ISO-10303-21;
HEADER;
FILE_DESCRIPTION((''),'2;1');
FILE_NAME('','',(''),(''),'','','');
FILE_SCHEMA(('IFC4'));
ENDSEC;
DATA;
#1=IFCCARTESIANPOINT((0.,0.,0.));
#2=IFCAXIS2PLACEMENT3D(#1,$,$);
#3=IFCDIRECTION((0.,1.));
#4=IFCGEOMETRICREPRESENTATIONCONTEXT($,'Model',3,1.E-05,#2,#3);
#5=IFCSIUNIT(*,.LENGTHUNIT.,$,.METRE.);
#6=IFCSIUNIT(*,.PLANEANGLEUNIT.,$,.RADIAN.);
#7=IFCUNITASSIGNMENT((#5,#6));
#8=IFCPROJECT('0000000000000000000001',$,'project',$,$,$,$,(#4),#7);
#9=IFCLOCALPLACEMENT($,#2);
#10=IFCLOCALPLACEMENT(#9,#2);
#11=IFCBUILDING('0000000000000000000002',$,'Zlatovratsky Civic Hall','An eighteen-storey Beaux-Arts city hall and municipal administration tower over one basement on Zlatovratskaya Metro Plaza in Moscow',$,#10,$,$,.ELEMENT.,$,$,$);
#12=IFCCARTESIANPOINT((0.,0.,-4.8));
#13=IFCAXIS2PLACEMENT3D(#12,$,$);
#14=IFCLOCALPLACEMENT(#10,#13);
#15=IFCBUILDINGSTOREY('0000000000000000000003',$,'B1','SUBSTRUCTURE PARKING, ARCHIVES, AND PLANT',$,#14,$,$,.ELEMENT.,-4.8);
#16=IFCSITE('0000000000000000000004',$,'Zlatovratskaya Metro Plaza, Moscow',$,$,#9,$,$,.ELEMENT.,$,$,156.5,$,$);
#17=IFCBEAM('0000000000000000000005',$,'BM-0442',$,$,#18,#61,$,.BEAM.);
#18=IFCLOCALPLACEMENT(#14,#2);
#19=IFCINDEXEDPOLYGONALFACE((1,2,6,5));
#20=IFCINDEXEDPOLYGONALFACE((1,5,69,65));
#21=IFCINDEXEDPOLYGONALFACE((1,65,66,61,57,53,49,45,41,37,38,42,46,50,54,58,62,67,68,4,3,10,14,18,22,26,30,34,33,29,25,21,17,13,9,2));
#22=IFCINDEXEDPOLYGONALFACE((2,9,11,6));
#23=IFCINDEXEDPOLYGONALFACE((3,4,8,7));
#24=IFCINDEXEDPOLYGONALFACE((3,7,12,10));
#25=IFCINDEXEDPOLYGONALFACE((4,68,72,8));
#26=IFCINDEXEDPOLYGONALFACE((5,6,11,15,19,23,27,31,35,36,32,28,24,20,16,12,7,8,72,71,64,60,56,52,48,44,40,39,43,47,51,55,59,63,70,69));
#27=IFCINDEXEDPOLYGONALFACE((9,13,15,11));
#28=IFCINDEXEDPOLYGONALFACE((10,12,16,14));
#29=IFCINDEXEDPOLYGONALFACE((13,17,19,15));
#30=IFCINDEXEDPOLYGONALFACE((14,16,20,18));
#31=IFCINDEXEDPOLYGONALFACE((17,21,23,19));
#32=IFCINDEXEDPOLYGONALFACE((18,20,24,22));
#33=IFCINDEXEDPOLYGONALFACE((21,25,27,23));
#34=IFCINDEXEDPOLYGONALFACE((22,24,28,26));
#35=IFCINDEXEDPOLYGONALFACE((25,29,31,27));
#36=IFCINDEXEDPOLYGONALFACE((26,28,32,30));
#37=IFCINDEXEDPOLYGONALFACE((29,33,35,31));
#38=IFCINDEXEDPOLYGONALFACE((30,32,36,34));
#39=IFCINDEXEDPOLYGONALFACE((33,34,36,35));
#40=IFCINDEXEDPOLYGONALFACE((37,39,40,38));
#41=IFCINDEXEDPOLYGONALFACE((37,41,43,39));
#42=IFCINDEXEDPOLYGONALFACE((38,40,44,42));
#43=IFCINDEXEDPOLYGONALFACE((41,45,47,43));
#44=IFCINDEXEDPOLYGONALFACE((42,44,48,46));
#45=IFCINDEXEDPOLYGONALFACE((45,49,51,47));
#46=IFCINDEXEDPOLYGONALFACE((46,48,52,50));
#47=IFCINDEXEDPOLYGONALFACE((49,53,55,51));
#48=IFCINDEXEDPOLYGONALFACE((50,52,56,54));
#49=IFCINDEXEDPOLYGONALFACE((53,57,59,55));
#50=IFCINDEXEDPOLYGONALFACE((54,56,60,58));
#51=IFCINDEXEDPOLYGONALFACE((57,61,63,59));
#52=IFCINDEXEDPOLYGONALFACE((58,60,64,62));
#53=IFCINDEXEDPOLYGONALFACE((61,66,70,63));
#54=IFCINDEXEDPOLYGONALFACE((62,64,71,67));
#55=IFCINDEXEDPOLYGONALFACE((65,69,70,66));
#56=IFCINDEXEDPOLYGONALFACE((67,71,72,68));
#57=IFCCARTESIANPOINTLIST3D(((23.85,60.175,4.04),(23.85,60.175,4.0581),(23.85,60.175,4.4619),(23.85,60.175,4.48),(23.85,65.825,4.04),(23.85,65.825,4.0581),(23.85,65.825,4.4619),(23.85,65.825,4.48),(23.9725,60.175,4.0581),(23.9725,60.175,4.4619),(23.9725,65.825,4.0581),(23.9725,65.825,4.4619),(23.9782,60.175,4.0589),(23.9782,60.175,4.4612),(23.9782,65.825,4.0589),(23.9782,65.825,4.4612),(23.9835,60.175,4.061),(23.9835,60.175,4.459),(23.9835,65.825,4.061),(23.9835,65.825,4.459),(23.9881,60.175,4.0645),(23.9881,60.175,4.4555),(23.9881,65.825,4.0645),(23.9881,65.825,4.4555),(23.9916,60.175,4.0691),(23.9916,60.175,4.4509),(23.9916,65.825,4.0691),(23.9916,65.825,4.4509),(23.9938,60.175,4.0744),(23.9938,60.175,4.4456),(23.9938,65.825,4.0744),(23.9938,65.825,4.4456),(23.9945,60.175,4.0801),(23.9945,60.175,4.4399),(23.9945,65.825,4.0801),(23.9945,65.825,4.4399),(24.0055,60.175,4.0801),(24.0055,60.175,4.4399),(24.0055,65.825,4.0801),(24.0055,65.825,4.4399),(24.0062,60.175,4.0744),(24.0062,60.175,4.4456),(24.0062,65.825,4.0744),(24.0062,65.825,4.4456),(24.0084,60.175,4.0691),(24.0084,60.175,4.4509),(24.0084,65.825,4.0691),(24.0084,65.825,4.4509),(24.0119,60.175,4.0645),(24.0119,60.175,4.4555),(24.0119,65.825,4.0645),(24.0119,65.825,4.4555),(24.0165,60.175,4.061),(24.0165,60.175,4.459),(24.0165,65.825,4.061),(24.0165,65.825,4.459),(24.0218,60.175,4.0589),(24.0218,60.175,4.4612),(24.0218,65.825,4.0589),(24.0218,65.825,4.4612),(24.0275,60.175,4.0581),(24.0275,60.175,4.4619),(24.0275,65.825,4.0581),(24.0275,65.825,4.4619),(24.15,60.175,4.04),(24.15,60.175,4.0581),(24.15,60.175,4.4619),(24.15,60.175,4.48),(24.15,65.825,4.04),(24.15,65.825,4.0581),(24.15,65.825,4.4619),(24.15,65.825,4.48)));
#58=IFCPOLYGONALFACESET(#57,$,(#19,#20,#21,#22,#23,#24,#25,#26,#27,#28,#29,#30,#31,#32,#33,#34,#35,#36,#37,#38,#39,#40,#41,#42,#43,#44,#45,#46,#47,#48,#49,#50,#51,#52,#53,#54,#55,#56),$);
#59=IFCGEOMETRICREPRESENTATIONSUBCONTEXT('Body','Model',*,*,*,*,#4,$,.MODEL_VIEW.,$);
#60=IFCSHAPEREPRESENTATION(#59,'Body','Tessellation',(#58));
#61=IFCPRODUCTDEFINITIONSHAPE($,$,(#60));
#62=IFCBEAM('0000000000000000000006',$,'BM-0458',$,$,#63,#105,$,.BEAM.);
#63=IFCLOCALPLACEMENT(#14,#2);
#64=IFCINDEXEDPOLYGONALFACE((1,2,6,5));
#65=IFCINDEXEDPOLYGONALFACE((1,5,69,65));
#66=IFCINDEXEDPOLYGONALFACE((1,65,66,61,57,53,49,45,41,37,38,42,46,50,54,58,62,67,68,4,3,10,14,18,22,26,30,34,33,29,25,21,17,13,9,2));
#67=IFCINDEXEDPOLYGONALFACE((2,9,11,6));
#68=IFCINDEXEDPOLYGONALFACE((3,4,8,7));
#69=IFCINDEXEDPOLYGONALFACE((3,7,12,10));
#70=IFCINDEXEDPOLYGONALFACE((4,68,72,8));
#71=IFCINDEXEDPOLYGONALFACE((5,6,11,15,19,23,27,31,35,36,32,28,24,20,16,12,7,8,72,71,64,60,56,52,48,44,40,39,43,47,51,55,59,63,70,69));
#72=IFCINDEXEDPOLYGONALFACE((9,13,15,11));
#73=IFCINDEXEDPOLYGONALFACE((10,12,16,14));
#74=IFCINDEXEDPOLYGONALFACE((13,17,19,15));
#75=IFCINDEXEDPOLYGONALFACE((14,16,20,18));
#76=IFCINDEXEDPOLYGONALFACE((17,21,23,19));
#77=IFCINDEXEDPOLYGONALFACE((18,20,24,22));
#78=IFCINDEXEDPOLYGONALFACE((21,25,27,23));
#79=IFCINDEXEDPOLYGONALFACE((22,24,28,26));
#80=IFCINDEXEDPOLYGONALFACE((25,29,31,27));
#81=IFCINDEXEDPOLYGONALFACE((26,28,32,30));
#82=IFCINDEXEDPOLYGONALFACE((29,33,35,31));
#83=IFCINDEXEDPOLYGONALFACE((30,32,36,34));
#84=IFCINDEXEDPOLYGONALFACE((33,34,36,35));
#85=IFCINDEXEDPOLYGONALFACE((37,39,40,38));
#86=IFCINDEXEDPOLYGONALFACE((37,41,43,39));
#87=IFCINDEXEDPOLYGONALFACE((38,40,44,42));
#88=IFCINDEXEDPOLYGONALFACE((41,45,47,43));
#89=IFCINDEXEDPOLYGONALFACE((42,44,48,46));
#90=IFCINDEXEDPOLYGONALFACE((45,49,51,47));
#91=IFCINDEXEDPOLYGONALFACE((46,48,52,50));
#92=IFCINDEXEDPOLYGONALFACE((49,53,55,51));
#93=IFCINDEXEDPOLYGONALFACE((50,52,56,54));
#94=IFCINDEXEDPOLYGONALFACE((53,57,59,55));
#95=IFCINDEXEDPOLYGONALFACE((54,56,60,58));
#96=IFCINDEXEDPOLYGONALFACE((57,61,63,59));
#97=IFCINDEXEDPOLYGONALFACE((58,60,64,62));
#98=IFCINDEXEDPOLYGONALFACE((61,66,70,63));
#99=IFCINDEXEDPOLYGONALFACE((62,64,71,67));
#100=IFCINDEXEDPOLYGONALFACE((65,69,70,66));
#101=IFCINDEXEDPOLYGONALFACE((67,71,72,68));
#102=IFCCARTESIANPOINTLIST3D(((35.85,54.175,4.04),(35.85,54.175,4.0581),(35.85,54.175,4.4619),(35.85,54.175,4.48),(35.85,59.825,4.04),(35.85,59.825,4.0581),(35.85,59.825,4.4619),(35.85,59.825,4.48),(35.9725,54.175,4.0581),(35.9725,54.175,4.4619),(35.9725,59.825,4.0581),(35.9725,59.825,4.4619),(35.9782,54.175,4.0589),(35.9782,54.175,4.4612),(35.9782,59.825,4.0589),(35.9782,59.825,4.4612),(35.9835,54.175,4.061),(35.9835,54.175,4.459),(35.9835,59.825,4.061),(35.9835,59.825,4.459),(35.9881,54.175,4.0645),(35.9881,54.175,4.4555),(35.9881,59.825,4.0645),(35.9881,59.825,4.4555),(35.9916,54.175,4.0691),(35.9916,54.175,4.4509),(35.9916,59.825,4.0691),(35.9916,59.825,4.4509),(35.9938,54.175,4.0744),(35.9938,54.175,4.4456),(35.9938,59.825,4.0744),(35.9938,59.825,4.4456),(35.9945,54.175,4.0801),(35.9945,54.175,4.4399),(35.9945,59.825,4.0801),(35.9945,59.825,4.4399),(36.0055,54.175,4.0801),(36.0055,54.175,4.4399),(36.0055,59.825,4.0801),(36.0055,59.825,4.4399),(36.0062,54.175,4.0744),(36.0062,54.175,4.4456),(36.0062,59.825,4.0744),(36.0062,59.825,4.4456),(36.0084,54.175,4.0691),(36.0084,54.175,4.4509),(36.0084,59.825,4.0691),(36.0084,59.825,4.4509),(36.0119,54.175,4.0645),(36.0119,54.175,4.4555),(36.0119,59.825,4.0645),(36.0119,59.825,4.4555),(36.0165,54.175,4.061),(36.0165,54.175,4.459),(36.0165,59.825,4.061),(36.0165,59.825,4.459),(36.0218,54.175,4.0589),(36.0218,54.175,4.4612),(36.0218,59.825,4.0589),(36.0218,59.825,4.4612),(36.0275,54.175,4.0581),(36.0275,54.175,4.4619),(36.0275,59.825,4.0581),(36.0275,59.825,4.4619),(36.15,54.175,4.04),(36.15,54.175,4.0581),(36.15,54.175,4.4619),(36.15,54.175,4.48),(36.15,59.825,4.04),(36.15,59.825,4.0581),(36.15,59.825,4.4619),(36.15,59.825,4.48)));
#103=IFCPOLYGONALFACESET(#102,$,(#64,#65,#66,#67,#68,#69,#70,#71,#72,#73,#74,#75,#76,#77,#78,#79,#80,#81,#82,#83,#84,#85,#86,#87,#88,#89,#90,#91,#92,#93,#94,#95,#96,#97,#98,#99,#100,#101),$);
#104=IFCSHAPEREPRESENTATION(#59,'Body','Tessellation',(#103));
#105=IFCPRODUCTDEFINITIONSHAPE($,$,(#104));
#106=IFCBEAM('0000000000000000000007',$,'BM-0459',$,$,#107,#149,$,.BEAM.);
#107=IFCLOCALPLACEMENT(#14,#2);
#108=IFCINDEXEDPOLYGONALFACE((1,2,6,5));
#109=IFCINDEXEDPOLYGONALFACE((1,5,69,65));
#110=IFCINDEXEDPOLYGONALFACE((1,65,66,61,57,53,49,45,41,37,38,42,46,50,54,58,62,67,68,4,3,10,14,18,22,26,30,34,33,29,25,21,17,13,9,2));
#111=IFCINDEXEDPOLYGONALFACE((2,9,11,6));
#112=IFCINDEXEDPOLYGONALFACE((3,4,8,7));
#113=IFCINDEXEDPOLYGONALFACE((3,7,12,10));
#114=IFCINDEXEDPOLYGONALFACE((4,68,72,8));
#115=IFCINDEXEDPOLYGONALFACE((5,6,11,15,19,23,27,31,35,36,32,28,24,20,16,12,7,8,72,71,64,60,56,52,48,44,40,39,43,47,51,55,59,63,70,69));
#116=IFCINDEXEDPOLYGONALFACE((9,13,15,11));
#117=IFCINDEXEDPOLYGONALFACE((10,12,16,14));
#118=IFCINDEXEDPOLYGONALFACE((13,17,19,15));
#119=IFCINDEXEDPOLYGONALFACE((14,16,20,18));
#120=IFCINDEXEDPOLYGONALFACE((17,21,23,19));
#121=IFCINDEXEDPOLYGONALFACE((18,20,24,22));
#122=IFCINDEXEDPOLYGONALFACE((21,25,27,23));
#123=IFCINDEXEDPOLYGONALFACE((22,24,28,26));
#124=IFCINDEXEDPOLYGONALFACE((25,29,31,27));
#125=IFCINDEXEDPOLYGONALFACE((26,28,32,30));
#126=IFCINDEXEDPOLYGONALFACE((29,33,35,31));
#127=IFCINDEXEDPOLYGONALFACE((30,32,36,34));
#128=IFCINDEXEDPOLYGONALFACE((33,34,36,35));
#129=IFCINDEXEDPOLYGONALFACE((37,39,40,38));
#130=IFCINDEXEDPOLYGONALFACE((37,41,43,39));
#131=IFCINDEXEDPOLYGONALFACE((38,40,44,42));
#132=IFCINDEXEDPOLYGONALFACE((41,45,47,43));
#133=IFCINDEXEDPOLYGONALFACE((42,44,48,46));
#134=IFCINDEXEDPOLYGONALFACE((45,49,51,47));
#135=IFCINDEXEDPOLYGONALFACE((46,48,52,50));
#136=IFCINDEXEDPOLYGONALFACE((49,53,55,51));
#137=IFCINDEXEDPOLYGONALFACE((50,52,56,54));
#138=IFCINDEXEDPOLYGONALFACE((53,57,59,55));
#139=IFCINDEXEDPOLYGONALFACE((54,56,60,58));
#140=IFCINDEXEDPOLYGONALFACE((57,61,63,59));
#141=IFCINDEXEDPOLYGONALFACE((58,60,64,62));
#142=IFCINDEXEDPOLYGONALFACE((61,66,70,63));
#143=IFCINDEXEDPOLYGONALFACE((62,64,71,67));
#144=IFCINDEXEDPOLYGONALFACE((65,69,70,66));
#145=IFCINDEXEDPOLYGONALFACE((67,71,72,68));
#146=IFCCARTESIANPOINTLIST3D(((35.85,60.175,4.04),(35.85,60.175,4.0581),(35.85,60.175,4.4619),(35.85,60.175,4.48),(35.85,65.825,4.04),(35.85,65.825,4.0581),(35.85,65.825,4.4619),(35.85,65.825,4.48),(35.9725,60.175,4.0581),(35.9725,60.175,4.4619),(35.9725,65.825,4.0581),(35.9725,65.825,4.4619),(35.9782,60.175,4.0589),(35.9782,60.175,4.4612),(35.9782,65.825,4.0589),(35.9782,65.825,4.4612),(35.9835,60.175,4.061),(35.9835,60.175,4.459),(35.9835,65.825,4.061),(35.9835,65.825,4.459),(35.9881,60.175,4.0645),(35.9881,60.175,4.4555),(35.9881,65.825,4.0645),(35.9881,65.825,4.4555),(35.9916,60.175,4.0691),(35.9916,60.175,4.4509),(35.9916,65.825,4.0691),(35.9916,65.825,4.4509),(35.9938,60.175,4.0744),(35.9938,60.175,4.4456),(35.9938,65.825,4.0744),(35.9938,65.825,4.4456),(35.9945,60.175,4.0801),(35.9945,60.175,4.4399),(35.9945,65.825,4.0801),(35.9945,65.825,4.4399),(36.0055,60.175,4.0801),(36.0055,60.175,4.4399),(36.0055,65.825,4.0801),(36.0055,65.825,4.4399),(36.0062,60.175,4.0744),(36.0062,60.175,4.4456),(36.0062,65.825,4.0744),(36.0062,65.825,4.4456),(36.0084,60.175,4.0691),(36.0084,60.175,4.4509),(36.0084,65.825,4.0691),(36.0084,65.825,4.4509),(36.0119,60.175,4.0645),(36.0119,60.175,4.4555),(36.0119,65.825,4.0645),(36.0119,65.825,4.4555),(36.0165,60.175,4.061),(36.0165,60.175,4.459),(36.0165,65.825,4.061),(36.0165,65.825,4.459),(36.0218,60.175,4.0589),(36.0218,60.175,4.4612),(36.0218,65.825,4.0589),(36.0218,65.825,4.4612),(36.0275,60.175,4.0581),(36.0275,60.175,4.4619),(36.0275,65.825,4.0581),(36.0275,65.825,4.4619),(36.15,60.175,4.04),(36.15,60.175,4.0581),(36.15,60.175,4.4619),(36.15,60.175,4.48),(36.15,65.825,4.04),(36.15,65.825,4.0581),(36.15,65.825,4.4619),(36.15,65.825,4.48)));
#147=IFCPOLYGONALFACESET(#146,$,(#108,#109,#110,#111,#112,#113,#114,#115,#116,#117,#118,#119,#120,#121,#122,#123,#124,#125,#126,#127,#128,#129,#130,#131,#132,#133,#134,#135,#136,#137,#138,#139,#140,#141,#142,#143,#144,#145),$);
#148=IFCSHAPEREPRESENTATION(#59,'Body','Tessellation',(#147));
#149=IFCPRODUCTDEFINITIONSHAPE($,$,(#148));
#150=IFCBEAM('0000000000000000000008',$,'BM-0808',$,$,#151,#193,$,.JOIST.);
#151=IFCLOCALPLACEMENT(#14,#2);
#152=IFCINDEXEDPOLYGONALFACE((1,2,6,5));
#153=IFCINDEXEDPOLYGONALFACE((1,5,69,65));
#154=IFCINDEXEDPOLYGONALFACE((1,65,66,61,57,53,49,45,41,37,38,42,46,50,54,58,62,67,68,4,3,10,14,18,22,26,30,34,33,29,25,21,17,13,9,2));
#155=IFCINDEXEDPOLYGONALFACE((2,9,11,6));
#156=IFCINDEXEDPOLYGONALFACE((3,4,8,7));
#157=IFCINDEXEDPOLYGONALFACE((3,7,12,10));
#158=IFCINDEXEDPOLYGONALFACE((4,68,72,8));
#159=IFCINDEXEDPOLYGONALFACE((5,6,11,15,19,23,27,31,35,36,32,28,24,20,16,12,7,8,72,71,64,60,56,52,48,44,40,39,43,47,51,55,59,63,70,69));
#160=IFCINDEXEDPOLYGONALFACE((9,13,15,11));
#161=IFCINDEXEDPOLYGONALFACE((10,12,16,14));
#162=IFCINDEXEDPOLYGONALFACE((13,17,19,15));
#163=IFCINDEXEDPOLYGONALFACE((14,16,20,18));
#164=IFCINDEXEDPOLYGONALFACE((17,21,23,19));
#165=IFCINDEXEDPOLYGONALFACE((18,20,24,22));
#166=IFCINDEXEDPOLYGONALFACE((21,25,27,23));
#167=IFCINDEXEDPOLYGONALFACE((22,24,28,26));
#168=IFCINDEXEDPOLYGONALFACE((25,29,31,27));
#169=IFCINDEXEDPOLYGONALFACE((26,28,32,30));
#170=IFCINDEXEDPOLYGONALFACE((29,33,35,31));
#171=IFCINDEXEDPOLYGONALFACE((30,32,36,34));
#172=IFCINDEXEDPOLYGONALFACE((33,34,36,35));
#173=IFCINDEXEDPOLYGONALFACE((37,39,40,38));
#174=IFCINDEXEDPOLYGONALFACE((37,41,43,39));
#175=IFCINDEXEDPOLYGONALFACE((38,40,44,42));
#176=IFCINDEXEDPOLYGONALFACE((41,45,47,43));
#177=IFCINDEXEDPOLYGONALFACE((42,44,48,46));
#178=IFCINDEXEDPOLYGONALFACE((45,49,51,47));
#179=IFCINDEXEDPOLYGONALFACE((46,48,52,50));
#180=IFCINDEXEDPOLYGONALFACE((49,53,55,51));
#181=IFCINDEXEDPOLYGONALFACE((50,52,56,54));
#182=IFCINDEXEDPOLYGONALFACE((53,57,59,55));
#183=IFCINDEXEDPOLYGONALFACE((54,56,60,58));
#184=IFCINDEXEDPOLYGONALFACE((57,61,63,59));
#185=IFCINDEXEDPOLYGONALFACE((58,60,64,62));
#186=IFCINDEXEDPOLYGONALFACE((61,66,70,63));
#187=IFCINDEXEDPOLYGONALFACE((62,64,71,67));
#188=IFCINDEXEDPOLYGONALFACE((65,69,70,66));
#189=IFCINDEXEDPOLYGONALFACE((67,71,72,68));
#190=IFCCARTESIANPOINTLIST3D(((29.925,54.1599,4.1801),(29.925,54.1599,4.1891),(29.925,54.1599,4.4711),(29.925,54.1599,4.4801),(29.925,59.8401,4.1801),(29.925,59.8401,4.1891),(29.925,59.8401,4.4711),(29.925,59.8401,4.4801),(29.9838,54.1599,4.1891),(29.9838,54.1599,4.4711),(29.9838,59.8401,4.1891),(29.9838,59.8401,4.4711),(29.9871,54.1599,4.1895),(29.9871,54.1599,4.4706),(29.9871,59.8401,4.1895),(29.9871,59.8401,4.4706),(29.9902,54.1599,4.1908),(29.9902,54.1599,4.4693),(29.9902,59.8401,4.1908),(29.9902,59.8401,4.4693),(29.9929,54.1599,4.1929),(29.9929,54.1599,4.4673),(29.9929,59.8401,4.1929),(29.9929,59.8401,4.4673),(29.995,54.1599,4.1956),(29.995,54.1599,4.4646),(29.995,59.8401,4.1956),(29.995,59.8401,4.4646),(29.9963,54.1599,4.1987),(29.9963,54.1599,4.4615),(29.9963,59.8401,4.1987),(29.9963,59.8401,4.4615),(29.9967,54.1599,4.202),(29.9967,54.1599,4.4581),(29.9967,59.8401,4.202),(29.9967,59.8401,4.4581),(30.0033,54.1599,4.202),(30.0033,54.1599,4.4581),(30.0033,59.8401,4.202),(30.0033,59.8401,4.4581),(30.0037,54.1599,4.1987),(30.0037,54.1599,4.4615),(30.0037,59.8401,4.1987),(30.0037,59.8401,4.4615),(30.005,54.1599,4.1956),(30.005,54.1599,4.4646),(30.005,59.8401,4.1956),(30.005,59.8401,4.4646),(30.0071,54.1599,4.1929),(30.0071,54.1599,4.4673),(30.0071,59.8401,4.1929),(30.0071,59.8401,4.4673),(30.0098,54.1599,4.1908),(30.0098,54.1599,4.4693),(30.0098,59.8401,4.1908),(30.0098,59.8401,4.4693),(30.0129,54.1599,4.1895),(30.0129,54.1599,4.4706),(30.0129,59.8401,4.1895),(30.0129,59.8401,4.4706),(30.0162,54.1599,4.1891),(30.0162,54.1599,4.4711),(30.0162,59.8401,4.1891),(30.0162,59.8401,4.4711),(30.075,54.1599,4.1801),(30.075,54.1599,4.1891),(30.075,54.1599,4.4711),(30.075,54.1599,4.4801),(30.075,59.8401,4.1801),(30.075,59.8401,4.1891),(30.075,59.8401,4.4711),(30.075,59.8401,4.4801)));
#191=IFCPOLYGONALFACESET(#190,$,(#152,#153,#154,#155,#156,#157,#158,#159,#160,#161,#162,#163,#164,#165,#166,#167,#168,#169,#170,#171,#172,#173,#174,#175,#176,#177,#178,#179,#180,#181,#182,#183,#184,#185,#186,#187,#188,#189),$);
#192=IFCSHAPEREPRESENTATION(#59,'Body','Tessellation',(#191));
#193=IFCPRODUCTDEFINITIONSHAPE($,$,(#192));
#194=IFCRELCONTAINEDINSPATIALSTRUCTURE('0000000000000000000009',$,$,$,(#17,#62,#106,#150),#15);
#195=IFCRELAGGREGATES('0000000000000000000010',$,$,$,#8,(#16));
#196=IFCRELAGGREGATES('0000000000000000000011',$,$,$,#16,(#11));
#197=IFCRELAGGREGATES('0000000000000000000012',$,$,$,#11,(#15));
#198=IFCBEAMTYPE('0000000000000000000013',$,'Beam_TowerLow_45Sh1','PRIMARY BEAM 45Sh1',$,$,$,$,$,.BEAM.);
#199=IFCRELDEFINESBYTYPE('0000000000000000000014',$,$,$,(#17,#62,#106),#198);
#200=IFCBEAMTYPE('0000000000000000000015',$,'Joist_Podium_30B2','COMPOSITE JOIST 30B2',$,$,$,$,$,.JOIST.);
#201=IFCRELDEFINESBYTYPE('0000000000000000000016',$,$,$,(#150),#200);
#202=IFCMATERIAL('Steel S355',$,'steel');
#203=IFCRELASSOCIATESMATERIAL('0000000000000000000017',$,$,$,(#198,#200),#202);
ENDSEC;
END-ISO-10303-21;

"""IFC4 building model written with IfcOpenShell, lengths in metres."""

from ifc_helpers import new_model, si_unit, direction, frame, origin, origin_2d, place, context, subcontext, project, spatial, i_section, extrude, material, material_profile, profile_set, type_object, element, save


model = new_model("IFC4")

# Units and contexts
model_context = context("Model", 3, precision=1e-05, world=origin(), true_north=direction((0.0, 1.0)))
body_context = subcontext(model_context, "Body", "Model", "MODEL_VIEW")
ifc_project = project(units=[si_unit("LENGTHUNIT", "METRE"), si_unit("PLANEANGLEUNIT", "RADIAN")], contexts=[model_context])

# Site, building, storey
site_placement = place(None, origin())
site = spatial("IfcSite", under=ifc_project, at=site_placement, Name="Zlatovratskaya Metro Plaza, Moscow", CompositionType="ELEMENT", RefElevation=156.5)
building_placement = place(site_placement, origin())
building = spatial("IfcBuilding", under=site, at=building_placement, Name="Zlatovratsky Civic Hall", Description="An eighteen-storey Beaux-Arts city hall and municipal administration tower over one basement on Zlatovratskaya Metro Plaza in Moscow", CompositionType="ELEMENT")
storey_placement = place(building_placement, frame((0.0, 0.0, -4.8)))
storey = spatial("IfcBuildingStorey", under=building, at=storey_placement, Name="B1", Description="SUBSTRUCTURE PARKING, ARCHIVES, AND PLANT", CompositionType="ELEMENT", Elevation=-4.8)

# Shared definitions
ifc_material_1 = material(Name="Steel S355", Category="steel")

# Beams
ifc_material_profile_1 = material_profile(ifc_material_1, i_section(OverallWidth=0.3, OverallDepth=0.4399, WebThickness=0.011, FlangeThickness=0.0181, FilletRadius=0.022, at=origin_2d()), Name="45Sh1")
ifc_profile_set_1 = profile_set([ifc_material_profile_1], Name="Steel S355")
beam_type_1 = type_object("IfcBeamType", Name="Beam_TowerLow_45Sh1", Description="PRIMARY BEAM 45Sh1", PredefinedType="BEAM", material=ifc_profile_set_1)
for number, where, z_axis, x_axis, name in (
    (1, (24.0, 60.175, 4.26), (0.0, 1.0, 0.0), (-1.0, 0.0, 0.0), "BM-0442"),
    (2, (36.0, 54.175, 4.26), (0.0, 1.0, 0.0), (-1.0, 0.0, 0.0), "BM-0458"),
    (3, (36.0, 60.175, 4.26), (0.0, 1.0, 0.0), (-1.0, 0.0, 0.0), "BM-0459"),
):
    element("IfcBeam", number, at=place(storey_placement, frame(where, z_axis=z_axis, x_axis=x_axis)), inside=storey, type_object=beam_type_1, Name=name, PredefinedType="BEAM", context=body_context, shape_type="SweptSolid", body=[
        extrude(i_section(OverallWidth=0.3, OverallDepth=0.4399, WebThickness=0.011, FlangeThickness=0.0181, FilletRadius=0.022, at=origin_2d()), origin(), (0.0, 0.0, 1.0), 5.6499),
    ])
ifc_material_profile_2 = material_profile(ifc_material_1, i_section(OverallWidth=0.1499, OverallDepth=0.3, WebThickness=0.0066, FlangeThickness=0.009, FilletRadius=0.0129, at=origin_2d()), Name="30B2")
ifc_profile_set_2 = profile_set([ifc_material_profile_2], Name="Steel S355")
beam_type_2 = type_object("IfcBeamType", Name="Joist_Podium_30B2", Description="COMPOSITE JOIST 30B2", PredefinedType="JOIST", material=ifc_profile_set_2)
for number, where, z_axis, x_axis, name in (
    (4, (30.0, 54.1599, 4.3301), (0.0, 1.0, 0.0), (-1.0, 0.0, 0.0), "BM-0808"),
):
    element("IfcBeam", number, at=place(storey_placement, frame(where, z_axis=z_axis, x_axis=x_axis)), inside=storey, type_object=beam_type_2, Name=name, PredefinedType="JOIST", context=body_context, shape_type="SweptSolid", body=[
        extrude(i_section(OverallWidth=0.1499, OverallDepth=0.3, WebThickness=0.0066, FlangeThickness=0.009, FilletRadius=0.0129, at=origin_2d()), origin(), (0.0, 0.0, 1.0), 5.6802),
    ])

save(model, "model.ifc")
